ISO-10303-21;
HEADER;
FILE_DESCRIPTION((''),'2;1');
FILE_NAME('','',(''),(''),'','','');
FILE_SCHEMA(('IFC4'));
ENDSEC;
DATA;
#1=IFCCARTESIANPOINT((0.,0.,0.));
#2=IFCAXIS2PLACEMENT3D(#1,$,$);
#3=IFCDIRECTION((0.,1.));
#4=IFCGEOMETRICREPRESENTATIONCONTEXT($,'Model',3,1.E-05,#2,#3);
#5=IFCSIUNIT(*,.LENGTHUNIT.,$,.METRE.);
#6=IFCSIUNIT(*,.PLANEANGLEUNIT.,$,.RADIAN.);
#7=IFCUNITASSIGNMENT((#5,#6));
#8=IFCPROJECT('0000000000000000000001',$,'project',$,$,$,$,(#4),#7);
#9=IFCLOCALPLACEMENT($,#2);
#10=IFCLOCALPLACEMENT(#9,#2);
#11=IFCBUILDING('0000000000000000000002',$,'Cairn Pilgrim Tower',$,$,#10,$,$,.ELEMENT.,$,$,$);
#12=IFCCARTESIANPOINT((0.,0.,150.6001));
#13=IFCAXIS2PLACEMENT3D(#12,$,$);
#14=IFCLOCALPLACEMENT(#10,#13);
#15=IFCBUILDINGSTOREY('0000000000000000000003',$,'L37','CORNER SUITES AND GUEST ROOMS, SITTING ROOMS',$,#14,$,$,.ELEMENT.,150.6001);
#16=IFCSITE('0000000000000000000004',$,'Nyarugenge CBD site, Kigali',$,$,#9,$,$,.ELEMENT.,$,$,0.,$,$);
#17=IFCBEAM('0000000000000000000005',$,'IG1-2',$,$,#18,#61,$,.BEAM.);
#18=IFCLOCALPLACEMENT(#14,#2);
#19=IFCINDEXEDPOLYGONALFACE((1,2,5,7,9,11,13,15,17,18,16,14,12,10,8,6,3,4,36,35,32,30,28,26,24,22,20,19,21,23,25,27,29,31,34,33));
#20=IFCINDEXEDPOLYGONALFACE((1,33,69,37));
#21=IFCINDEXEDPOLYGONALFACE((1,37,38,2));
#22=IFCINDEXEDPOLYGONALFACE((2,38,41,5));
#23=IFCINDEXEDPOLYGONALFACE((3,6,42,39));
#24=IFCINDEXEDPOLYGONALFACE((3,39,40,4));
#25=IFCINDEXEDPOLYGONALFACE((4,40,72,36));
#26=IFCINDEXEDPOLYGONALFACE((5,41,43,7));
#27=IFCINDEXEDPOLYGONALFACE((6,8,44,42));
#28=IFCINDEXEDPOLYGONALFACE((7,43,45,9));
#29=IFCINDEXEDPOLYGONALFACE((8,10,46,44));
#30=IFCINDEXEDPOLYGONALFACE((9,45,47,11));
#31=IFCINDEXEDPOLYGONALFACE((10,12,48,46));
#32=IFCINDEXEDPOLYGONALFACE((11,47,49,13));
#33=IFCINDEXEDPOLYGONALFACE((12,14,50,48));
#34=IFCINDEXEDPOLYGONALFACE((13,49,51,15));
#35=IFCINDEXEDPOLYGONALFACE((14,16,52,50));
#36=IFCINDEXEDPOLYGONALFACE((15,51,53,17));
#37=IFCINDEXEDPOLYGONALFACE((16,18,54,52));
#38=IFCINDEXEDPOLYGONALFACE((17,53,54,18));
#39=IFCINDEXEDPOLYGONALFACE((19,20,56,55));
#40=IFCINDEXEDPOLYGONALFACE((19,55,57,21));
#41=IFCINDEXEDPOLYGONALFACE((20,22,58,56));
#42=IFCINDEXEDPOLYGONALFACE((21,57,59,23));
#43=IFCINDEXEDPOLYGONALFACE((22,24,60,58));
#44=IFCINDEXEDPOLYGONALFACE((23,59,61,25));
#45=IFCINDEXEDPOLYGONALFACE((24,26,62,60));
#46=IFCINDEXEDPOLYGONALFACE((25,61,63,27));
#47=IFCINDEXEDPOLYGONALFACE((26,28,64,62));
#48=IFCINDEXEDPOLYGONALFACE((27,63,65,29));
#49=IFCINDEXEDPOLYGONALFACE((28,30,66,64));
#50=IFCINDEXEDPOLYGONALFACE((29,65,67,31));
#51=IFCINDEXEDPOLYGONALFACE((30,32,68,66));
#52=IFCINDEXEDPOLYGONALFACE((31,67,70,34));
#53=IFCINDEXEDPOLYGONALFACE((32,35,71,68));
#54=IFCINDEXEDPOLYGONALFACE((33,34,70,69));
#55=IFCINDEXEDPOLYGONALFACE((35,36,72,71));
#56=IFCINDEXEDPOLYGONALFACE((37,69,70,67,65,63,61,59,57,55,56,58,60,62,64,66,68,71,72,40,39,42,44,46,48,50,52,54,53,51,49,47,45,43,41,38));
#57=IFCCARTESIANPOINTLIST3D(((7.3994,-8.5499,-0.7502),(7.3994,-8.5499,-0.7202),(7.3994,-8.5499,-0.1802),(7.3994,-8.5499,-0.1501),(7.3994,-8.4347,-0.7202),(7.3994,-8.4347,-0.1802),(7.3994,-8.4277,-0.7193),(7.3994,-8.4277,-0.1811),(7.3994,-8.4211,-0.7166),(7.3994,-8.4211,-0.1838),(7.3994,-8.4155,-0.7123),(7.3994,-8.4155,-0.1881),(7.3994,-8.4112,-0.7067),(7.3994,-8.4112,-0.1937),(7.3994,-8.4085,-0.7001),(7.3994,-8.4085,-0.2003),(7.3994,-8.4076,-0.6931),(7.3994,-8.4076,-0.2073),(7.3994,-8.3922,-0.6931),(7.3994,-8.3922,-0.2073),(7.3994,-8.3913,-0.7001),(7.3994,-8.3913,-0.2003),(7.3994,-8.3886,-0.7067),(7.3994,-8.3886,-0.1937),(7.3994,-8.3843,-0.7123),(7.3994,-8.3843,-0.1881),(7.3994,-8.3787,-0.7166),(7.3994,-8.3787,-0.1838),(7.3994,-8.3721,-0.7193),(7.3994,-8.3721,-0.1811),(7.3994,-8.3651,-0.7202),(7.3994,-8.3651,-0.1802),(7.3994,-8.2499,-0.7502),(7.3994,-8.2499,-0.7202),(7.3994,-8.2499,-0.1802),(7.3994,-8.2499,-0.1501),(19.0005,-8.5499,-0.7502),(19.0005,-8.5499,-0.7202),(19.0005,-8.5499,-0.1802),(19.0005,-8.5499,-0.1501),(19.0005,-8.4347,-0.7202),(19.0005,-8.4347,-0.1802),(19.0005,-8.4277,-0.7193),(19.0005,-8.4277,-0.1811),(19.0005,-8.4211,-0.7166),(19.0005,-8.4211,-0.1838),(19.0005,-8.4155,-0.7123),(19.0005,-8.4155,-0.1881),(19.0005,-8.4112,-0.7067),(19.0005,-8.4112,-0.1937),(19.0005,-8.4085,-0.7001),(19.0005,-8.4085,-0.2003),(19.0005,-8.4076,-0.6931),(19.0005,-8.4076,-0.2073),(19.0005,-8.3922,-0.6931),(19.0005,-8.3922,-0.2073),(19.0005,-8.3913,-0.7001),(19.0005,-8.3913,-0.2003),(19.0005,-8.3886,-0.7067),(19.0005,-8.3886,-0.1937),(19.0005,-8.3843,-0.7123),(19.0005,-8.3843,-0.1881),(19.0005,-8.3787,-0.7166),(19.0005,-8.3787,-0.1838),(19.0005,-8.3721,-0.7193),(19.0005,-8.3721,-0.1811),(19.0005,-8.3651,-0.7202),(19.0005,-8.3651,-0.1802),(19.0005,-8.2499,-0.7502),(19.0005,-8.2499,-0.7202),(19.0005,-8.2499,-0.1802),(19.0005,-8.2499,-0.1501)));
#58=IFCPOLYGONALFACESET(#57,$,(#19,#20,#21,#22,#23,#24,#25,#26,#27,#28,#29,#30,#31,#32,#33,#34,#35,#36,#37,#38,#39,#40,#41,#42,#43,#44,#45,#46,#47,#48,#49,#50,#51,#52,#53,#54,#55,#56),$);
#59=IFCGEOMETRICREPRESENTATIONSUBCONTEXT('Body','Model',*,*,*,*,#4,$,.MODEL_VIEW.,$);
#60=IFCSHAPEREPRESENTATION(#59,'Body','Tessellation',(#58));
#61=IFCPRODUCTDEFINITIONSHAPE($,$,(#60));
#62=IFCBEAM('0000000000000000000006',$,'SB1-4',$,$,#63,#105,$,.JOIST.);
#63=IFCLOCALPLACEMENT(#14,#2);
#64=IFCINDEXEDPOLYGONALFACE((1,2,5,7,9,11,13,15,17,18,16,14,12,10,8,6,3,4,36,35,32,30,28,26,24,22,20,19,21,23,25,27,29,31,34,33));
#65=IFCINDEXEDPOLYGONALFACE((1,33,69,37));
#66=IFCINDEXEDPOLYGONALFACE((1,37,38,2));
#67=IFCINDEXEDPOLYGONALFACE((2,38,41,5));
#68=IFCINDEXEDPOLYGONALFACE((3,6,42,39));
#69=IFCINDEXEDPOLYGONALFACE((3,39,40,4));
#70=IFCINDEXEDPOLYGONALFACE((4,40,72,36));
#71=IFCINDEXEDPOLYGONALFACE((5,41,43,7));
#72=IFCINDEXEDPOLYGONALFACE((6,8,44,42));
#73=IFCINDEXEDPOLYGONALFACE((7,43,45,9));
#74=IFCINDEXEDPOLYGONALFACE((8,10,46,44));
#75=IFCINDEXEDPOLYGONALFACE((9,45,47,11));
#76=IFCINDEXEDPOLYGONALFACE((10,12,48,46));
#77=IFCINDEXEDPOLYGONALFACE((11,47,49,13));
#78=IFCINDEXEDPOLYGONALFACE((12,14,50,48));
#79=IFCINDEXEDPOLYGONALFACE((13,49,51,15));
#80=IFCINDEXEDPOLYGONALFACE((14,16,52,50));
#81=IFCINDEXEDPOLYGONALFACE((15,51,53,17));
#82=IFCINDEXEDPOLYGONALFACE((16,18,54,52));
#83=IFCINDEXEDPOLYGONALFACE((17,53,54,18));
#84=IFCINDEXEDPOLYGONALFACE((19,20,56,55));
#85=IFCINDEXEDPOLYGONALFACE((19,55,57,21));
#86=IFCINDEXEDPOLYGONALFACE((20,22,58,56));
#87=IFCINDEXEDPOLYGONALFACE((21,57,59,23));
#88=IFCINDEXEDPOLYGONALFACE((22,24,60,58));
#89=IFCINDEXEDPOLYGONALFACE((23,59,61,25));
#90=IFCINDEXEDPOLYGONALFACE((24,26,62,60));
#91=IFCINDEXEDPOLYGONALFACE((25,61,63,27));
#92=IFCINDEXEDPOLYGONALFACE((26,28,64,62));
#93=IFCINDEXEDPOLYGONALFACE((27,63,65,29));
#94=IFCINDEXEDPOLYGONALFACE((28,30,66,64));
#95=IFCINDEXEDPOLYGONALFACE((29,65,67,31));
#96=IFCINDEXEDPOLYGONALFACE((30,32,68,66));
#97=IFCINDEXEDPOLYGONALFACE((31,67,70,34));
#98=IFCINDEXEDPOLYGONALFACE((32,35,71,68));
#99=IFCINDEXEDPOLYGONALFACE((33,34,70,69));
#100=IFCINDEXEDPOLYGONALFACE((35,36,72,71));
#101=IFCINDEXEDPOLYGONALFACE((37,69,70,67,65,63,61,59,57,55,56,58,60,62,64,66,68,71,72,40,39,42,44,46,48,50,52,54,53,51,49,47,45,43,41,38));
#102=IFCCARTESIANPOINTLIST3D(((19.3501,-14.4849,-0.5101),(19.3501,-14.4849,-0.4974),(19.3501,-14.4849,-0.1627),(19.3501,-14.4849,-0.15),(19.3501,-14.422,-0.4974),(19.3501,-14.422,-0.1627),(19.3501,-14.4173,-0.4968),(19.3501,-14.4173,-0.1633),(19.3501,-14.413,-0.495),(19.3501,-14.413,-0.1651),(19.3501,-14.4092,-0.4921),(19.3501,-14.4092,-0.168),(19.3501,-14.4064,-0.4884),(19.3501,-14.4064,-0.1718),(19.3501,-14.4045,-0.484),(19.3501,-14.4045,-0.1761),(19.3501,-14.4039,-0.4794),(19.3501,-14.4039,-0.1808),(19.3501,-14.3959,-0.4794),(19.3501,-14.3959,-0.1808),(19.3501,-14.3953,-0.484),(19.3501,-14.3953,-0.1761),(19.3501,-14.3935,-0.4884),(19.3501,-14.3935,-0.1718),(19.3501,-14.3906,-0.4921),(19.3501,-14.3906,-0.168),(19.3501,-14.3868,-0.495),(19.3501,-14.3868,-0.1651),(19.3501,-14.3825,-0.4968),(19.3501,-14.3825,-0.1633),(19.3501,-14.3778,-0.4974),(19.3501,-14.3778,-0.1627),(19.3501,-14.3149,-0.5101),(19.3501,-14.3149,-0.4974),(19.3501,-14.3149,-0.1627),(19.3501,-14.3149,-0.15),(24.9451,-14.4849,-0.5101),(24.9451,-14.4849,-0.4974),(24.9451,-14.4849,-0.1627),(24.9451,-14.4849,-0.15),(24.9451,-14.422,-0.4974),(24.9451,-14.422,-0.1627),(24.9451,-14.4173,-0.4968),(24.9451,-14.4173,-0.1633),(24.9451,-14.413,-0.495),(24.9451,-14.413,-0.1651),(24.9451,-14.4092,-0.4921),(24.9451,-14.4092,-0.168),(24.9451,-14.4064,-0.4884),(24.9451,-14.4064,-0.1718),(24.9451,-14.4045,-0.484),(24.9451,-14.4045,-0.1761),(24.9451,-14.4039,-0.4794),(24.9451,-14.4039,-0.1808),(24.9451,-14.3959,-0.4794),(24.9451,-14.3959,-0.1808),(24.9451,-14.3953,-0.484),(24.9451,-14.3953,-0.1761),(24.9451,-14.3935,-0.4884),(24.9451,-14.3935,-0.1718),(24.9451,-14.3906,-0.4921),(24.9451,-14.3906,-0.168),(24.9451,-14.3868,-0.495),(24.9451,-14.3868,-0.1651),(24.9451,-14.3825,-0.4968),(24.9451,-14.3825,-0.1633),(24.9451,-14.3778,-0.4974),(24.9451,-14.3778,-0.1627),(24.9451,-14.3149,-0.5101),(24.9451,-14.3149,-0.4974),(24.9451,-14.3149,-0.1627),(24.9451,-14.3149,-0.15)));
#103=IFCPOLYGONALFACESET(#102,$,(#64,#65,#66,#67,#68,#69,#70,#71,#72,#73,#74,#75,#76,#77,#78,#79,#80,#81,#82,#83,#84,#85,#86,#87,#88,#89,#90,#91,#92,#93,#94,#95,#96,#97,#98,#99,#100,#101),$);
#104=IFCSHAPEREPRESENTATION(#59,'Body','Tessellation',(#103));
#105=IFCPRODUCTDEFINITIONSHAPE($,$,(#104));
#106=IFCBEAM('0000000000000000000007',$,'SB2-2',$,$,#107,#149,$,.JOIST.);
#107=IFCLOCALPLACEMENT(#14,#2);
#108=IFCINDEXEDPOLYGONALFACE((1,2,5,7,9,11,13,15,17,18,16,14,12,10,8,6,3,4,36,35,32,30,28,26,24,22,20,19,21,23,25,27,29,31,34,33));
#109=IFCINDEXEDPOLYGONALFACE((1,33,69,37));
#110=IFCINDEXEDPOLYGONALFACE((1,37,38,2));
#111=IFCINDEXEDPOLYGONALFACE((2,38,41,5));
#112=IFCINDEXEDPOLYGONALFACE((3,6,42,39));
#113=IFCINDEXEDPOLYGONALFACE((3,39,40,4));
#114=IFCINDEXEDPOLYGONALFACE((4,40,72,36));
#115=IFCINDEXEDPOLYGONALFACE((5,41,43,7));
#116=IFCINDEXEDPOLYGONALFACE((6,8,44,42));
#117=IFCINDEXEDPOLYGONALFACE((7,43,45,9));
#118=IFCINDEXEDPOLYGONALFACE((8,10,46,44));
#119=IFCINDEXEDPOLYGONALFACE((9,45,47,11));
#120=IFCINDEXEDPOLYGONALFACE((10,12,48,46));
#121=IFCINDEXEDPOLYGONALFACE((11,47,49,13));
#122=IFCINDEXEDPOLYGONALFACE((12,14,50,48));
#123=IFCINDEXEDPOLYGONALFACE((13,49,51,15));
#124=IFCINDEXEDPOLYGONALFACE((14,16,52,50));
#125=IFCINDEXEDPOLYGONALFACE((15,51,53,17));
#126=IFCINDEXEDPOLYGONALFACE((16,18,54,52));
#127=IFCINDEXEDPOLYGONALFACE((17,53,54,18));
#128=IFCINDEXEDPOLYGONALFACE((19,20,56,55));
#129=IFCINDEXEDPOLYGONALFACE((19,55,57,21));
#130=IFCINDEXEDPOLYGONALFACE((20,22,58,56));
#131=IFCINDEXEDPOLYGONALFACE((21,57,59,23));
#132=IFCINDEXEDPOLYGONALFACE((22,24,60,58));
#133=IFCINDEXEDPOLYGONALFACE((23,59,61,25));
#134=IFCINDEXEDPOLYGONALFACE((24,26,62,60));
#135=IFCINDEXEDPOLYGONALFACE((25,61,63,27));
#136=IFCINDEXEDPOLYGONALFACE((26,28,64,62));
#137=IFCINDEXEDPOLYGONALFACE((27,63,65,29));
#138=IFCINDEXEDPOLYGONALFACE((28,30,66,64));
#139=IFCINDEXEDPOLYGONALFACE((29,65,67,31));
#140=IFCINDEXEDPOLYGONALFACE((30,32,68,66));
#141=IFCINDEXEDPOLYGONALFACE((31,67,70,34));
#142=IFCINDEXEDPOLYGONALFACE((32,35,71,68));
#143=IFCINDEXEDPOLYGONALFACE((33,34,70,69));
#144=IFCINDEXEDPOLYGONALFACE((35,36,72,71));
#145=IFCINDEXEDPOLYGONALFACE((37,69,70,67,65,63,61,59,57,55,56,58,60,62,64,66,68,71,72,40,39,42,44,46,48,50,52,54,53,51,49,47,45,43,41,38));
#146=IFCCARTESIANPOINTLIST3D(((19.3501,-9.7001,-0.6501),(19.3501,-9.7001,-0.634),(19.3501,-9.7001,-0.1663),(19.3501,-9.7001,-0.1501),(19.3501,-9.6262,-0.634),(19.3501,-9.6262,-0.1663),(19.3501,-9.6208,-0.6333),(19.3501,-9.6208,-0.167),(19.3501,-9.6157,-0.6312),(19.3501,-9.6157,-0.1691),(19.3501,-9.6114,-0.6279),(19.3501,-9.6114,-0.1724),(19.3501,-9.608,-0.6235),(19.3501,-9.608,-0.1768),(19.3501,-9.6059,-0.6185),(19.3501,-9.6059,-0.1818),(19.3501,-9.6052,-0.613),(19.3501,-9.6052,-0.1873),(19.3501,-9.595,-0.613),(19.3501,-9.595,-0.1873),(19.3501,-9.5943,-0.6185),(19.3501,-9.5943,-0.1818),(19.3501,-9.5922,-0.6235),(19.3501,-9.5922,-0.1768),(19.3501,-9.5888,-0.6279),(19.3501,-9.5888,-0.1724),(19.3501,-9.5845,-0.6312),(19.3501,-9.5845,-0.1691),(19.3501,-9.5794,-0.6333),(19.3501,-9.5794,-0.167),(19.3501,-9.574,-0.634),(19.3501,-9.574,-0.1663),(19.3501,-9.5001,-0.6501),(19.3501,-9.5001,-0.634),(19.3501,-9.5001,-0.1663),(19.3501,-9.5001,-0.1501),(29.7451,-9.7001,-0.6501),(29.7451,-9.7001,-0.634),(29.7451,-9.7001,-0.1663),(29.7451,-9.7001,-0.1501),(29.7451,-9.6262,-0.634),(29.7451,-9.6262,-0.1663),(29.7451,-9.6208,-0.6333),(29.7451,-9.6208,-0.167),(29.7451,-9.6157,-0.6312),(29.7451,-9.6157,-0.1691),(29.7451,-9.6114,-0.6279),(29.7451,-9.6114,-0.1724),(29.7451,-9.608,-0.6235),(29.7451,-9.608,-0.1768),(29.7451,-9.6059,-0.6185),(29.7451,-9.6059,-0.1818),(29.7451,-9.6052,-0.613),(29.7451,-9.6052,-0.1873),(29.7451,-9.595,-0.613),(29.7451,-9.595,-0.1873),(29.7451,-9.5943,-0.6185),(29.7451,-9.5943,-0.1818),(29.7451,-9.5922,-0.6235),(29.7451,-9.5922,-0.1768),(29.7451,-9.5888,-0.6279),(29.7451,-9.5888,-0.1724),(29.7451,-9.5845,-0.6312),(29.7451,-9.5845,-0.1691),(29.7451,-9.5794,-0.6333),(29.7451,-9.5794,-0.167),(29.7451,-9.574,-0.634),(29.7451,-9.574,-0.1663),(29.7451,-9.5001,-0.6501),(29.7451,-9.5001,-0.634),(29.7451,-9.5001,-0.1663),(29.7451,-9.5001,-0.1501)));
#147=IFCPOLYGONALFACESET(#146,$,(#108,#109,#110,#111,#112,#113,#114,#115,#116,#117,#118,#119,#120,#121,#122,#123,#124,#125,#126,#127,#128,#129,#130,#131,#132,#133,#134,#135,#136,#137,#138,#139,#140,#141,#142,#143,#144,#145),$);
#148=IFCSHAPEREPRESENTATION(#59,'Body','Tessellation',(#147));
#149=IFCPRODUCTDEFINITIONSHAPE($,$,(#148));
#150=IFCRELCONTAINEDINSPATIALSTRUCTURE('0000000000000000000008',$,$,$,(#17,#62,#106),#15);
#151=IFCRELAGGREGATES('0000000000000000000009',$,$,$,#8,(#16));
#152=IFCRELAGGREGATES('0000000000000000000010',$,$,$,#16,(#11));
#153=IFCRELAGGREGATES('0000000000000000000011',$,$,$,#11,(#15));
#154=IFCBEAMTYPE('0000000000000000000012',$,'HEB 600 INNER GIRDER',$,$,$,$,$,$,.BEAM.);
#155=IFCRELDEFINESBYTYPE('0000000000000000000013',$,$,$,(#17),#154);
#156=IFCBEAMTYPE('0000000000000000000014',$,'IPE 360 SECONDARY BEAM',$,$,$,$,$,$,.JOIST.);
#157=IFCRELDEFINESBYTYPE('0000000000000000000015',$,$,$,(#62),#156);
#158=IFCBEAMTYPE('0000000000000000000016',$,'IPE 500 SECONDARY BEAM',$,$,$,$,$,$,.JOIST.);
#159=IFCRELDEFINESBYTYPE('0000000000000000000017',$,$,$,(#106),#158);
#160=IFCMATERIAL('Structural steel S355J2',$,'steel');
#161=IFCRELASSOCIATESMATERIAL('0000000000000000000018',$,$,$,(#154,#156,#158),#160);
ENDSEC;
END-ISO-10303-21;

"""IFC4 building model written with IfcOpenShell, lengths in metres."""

from ifc_helpers import new_model, si_unit, direction, frame, origin, origin_2d, place, context, subcontext, project, spatial, i_section, extrude, material, material_profile, profile_set, type_object, element, save


model = new_model("IFC4")

# Units and contexts
model_context = context("Model", 3, precision=1e-05, world=origin(), true_north=direction((0.0, 1.0)))
body_context = subcontext(model_context, "Body", "Model", "MODEL_VIEW")
ifc_project = project(units=[si_unit("LENGTHUNIT", "METRE"), si_unit("PLANEANGLEUNIT", "RADIAN")], contexts=[model_context])

# Site, building, storey
site_placement = place(None, origin())
site = spatial("IfcSite", under=ifc_project, at=site_placement, Name="Nyarugenge CBD site, Kigali", CompositionType="ELEMENT", RefElevation=0.0)
building_placement = place(site_placement, origin())
building = spatial("IfcBuilding", under=site, at=building_placement, Name="Cairn Pilgrim Tower", CompositionType="ELEMENT")
storey_placement = place(building_placement, frame((0.0, 0.0, 150.6001)))
storey = spatial("IfcBuildingStorey", under=building, at=storey_placement, Name="L37", Description="CORNER SUITES AND GUEST ROOMS, SITTING ROOMS", CompositionType="ELEMENT", Elevation=150.6001)

# Shared definitions
ifc_material_1 = material(Name="Structural steel S355J2", Category="steel")

# Beams
ifc_material_profile_1 = material_profile(ifc_material_1, i_section(OverallWidth=0.3, OverallDepth=0.6001, WebThickness=0.0154, FlangeThickness=0.03, FilletRadius=0.0271, at=origin_2d()), Name="HEB 600")
ifc_profile_set_1 = profile_set([ifc_material_profile_1], Name="Structural steel S355J2")
beam_type_1 = type_object("IfcBeamType", Name="HEB 600 INNER GIRDER", PredefinedType="BEAM", material=ifc_profile_set_1)
beam_1_placement = place(storey_placement, frame((7.3994, -8.3999, -0.4502), z_axis=(1.0, 0.0, 0.0), x_axis=(0.0, 1.0, 0.0)))
element("IfcBeam", 1, at=beam_1_placement, inside=storey, type_object=beam_type_1, Name="IG1-2", PredefinedType="BEAM", context=body_context, shape_type="SweptSolid", body=[
    extrude(i_section(OverallWidth=0.3, OverallDepth=0.6001, WebThickness=0.0154, FlangeThickness=0.03, FilletRadius=0.0271, at=origin_2d()), origin(), (0.0, 0.0, 1.0), 11.6011),
])
ifc_material_profile_2 = material_profile(ifc_material_1, i_section(OverallWidth=0.1699, OverallDepth=0.3601, WebThickness=0.0081, FlangeThickness=0.0127, FilletRadius=0.0181, at=origin_2d()), Name="IPE 360")
ifc_profile_set_2 = profile_set([ifc_material_profile_2], Name="Structural steel S355J2")
beam_type_2 = type_object("IfcBeamType", Name="IPE 360 SECONDARY BEAM", PredefinedType="JOIST", material=ifc_profile_set_2)
beam_2_placement = place(storey_placement, frame((19.3501, -14.3999, -0.3301), z_axis=(1.0, 0.0, 0.0), x_axis=(0.0, 1.0, 0.0)))
element("IfcBeam", 2, at=beam_2_placement, inside=storey, type_object=beam_type_2, Name="SB1-4", PredefinedType="JOIST", context=body_context, shape_type="SweptSolid", body=[
    extrude(i_section(OverallWidth=0.1699, OverallDepth=0.3601, WebThickness=0.0081, FlangeThickness=0.0127, FilletRadius=0.0181, at=origin_2d()), origin(), (0.0, 0.0, 1.0), 5.595),
])
ifc_material_profile_3 = material_profile(ifc_material_1, i_section(OverallWidth=0.2, OverallDepth=0.5, WebThickness=0.0103, FlangeThickness=0.0161, FilletRadius=0.021, at=origin_2d()), Name="IPE 500")
ifc_profile_set_3 = profile_set([ifc_material_profile_3], Name="Structural steel S355J2")
beam_type_3 = type_object("IfcBeamType", Name="IPE 500 SECONDARY BEAM", PredefinedType="JOIST", material=ifc_profile_set_3)
beam_3_placement = place(storey_placement, frame((19.3501, -9.6001, -0.4001), z_axis=(1.0, 0.0, 0.0), x_axis=(0.0, 1.0, 0.0)))
element("IfcBeam", 3, at=beam_3_placement, inside=storey, type_object=beam_type_3, Name="SB2-2", PredefinedType="JOIST", context=body_context, shape_type="SweptSolid", body=[
    extrude(i_section(OverallWidth=0.2, OverallDepth=0.5, WebThickness=0.0103, FlangeThickness=0.0161, FilletRadius=0.021, at=origin_2d()), origin(), (0.0, 0.0, 1.0), 10.395),
])

save(model, "model.ifc")
